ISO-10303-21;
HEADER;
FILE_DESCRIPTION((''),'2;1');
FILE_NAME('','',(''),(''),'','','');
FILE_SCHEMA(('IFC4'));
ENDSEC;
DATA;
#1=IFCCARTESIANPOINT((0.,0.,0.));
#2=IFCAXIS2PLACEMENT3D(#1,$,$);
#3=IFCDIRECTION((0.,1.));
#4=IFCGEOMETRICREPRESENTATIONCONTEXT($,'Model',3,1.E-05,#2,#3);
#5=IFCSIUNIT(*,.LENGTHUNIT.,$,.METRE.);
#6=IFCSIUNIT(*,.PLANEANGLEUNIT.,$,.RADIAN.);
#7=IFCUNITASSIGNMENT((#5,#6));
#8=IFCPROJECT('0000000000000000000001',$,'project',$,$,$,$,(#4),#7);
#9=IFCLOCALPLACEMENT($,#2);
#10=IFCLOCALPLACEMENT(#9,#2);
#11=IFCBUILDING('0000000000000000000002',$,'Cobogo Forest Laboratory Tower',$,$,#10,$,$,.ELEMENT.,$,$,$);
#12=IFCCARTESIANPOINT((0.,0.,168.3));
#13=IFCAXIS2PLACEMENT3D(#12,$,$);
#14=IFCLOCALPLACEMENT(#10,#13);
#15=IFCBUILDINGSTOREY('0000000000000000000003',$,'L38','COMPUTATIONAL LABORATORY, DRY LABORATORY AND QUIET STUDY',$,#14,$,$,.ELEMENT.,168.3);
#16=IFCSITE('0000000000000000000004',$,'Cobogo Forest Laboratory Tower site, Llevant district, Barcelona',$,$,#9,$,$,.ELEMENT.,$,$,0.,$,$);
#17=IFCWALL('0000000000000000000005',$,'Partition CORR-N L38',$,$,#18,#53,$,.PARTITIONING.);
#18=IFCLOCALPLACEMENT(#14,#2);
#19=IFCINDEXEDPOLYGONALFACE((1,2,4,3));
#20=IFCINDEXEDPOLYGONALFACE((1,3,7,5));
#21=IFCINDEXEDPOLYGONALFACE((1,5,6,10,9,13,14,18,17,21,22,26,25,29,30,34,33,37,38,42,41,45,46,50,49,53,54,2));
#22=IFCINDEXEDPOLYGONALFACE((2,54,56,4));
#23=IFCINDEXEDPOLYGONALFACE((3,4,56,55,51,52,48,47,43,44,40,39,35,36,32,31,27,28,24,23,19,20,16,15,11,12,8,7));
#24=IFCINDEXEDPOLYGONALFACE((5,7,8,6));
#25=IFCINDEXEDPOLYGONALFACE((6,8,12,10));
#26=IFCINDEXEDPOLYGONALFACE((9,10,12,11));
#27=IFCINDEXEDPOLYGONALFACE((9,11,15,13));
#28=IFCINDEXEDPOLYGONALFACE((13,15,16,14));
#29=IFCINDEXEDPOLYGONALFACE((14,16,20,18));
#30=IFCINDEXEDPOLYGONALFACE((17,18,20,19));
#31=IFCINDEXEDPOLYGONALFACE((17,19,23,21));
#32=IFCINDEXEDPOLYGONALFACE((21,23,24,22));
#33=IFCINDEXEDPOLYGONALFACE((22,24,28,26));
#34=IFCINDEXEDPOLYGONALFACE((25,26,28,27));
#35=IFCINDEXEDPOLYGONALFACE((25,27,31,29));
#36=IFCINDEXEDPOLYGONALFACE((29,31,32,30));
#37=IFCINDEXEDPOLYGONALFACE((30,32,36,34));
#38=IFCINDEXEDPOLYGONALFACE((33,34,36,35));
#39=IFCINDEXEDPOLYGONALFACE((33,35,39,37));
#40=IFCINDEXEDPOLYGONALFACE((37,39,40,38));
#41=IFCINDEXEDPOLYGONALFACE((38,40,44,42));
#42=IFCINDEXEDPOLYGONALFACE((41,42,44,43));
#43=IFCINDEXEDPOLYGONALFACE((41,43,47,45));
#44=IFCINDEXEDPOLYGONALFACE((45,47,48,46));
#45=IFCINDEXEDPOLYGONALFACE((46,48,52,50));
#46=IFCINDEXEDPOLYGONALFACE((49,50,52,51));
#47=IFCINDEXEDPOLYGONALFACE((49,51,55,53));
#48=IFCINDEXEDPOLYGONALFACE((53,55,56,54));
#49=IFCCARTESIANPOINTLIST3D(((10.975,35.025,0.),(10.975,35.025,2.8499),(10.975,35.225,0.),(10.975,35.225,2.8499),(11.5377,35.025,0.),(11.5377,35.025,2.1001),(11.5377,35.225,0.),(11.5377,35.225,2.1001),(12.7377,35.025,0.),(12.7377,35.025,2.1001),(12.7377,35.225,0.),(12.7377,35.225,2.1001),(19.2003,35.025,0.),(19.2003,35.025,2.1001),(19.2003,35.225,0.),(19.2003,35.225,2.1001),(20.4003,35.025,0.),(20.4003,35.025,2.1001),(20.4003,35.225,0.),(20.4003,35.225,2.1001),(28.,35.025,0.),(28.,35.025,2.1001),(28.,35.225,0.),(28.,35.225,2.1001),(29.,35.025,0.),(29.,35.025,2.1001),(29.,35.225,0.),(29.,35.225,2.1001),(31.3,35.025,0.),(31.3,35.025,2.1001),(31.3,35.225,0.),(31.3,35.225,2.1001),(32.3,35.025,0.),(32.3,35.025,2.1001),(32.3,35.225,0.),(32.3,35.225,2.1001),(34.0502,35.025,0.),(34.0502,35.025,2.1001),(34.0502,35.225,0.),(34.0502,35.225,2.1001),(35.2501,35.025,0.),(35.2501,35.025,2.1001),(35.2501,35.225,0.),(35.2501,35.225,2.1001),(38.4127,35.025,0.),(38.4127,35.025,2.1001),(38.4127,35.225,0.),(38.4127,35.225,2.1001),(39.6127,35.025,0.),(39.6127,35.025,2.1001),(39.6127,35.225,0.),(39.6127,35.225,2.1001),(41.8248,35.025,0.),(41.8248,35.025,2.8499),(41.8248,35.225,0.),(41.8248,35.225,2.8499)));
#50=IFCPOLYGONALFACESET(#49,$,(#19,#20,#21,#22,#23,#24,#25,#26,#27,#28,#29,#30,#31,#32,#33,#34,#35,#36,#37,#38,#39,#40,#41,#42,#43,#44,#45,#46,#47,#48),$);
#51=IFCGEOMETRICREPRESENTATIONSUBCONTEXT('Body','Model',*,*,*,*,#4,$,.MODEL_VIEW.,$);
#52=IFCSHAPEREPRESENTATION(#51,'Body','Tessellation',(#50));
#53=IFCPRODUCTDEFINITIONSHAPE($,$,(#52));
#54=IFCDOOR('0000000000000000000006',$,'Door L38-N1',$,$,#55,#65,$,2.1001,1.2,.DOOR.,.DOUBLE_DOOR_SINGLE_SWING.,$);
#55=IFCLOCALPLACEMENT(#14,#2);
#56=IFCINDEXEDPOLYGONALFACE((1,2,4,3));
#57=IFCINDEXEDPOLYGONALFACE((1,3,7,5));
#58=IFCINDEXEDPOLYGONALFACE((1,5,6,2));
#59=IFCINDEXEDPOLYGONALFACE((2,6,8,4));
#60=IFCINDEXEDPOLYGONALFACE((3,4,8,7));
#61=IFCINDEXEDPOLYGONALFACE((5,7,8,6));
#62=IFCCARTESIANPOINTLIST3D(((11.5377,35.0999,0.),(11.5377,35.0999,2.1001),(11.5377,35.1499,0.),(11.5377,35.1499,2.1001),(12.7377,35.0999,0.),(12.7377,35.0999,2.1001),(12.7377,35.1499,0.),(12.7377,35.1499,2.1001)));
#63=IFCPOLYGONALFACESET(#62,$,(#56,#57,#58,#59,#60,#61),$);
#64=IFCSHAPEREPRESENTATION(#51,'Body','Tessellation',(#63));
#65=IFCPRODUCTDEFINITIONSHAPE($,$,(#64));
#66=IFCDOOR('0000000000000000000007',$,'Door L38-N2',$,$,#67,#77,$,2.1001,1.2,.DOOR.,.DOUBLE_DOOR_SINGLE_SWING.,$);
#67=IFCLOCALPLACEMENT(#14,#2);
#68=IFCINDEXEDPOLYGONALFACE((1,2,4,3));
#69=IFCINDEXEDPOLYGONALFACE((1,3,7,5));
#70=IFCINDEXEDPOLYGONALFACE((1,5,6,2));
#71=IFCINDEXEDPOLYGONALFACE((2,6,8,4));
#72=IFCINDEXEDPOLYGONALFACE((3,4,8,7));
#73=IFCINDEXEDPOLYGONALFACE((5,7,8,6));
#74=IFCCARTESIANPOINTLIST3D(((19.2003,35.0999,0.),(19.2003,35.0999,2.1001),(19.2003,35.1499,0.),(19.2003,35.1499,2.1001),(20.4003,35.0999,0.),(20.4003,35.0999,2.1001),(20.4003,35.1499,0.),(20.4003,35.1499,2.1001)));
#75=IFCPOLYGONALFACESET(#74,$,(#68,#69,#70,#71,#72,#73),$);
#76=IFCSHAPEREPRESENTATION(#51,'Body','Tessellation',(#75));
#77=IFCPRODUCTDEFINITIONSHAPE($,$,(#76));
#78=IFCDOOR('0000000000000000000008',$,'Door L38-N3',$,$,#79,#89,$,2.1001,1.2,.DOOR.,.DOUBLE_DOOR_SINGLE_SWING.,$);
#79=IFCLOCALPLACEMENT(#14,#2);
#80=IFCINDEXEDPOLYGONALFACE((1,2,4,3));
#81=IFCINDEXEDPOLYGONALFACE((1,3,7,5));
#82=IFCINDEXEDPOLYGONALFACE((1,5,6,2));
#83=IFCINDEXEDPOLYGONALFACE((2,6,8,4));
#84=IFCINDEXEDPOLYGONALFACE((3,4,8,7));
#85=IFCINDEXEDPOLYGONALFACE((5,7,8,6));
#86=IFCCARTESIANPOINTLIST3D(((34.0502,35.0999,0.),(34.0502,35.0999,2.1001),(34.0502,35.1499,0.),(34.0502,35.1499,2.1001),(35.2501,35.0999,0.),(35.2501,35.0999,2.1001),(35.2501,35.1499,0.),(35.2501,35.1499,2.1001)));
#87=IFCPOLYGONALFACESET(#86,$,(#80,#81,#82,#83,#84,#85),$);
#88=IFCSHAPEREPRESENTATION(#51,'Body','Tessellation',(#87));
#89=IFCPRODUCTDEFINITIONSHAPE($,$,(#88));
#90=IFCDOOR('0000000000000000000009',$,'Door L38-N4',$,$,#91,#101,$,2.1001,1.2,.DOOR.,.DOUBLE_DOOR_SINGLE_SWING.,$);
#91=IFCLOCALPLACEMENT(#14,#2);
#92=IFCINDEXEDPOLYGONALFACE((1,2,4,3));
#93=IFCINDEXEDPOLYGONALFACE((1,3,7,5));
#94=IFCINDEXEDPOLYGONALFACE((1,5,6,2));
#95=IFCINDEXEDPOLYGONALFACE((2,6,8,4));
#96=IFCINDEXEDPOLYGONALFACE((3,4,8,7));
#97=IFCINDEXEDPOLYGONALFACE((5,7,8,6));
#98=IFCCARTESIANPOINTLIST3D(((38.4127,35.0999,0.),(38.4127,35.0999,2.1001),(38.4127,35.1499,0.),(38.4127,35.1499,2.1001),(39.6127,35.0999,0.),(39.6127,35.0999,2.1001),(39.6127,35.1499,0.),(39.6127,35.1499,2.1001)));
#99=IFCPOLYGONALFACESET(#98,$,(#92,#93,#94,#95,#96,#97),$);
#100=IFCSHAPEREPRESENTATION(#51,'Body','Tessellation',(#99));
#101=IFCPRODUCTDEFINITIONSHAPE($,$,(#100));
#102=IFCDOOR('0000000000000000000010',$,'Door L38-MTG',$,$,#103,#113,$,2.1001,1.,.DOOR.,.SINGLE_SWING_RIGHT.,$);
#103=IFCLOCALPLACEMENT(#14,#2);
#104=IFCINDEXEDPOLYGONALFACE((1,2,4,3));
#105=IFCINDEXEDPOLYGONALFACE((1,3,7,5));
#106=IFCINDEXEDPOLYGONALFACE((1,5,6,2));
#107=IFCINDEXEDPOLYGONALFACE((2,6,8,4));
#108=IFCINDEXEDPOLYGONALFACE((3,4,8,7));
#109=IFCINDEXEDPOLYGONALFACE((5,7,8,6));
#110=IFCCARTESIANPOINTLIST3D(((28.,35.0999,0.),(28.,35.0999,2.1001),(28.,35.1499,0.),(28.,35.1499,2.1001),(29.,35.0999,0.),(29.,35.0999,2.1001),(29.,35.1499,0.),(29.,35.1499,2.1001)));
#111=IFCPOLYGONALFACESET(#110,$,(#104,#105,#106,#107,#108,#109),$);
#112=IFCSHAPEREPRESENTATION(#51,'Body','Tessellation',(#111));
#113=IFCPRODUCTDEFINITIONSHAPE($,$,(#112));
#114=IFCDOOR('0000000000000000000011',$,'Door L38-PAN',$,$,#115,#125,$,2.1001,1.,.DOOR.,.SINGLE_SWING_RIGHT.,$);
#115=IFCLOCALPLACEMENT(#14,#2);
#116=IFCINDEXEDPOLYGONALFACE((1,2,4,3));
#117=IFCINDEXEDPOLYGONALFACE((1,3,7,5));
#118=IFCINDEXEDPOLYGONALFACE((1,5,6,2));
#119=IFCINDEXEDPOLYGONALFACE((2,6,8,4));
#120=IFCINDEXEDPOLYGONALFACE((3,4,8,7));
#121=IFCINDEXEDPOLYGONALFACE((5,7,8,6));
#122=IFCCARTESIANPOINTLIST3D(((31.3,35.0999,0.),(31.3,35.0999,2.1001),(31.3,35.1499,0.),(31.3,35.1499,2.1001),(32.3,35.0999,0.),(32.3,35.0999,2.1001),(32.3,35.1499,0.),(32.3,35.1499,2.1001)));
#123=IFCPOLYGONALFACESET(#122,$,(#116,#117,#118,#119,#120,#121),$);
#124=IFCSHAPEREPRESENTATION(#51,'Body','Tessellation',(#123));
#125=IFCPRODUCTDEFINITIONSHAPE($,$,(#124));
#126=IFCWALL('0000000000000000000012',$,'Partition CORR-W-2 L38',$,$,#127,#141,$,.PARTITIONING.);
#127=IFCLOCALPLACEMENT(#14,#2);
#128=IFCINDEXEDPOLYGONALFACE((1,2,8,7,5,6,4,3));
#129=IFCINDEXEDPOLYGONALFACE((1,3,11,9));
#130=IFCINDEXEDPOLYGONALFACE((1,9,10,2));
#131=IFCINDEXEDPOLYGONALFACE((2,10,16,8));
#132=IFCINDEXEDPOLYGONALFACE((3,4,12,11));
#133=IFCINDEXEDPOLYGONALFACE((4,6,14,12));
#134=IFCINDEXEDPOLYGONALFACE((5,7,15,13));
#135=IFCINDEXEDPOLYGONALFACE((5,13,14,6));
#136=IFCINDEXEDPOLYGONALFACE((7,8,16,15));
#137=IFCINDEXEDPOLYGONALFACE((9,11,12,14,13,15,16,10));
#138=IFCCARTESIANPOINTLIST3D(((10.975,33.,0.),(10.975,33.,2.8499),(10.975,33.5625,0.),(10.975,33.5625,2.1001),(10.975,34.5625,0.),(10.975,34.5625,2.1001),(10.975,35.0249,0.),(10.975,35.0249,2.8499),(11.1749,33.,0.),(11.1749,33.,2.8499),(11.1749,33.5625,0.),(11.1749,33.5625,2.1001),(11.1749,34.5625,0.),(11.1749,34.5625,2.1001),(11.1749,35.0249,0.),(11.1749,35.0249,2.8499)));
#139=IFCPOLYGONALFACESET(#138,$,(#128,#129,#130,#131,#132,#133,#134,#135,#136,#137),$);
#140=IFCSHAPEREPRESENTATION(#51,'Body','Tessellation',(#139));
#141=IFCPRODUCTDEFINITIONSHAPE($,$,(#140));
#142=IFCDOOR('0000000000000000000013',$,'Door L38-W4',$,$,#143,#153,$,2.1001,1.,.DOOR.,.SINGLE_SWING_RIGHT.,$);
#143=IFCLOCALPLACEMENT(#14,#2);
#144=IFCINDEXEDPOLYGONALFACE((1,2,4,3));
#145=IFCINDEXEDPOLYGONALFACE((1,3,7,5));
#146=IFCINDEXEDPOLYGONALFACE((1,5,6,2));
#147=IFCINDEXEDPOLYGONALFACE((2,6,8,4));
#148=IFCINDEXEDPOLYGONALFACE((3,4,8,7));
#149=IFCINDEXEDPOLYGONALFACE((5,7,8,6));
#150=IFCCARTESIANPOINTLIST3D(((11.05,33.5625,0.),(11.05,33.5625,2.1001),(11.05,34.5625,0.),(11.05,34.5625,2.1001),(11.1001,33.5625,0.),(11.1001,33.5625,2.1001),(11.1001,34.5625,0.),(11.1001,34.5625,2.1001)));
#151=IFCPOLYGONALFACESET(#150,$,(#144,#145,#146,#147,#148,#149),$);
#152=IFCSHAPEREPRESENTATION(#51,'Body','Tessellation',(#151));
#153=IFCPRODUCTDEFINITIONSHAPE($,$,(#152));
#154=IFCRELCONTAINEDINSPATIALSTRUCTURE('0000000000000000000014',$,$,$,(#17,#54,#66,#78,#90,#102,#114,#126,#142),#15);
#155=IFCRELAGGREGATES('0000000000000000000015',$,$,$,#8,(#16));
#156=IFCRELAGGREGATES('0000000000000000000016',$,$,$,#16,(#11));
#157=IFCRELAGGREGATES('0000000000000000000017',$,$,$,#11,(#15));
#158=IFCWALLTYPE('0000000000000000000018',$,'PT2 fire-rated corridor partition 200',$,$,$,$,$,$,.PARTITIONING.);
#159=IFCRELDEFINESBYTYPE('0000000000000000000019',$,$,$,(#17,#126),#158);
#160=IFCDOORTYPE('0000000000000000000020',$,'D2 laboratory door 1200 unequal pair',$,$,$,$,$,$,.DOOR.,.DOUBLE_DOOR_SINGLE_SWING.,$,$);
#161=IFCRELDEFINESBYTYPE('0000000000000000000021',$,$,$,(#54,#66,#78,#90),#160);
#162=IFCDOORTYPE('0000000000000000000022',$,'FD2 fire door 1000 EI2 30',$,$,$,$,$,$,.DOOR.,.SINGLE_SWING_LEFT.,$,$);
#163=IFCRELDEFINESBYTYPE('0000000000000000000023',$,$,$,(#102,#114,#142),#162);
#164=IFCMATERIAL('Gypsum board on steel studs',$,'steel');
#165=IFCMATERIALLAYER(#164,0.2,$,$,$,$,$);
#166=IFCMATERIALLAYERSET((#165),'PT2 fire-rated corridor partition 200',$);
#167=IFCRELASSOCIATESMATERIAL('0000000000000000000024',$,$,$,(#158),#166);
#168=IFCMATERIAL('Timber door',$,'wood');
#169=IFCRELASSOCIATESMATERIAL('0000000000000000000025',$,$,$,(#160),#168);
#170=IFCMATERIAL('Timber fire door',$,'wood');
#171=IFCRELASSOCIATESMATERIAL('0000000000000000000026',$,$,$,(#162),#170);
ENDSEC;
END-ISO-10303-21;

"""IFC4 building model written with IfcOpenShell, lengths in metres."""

from ifc_helpers import new_model, si_unit, direction, frame, frame_2d, origin, place, context, subcontext, project, spatial, rectangle, extrude, material, layer, layer_set, type_object, element, fill, save


model = new_model("IFC4")

# Units and contexts
model_context = context("Model", 3, precision=1e-05, world=origin(), true_north=direction((0.0, 1.0)))
body_context = subcontext(model_context, "Body", "Model", "MODEL_VIEW")
ifc_project = project(units=[si_unit("LENGTHUNIT", "METRE"), si_unit("PLANEANGLEUNIT", "RADIAN")], contexts=[model_context])

# Site, building, storey
site_placement = place(None, origin())
site = spatial("IfcSite", under=ifc_project, at=site_placement, Name="Cobogo Forest Laboratory Tower site, Llevant district, Barcelona", CompositionType="ELEMENT", RefElevation=0.0)
building_placement = place(site_placement, origin())
building = spatial("IfcBuilding", under=site, at=building_placement, Name="Cobogo Forest Laboratory Tower", CompositionType="ELEMENT")
storey_placement = place(building_placement, frame((0.0, 0.0, 168.3)))
storey = spatial("IfcBuildingStorey", under=building, at=storey_placement, Name="L38", Description="COMPUTATIONAL LABORATORY, DRY LABORATORY AND QUIET STUDY", CompositionType="ELEMENT", Elevation=168.3)

# Shared definitions
ifc_material_1 = material(Name="Gypsum board on steel studs", Category="steel")

# Wall, openings, doors
ifc_layer_1 = layer(ifc_material_1, 0.2)
ifc_layer_set_1 = layer_set([ifc_layer_1], Name="PT2 fire-rated corridor partition 200")
wall_type_1 = type_object("IfcWallType", Name="PT2 fire-rated corridor partition 200", PredefinedType="PARTITIONING", material=ifc_layer_set_1)
wall_1_placement = place(storey_placement, frame((10.9751, 35.125, 0.0), z_axis=(0.0, 0.0, 1.0), x_axis=(1.0, 0.0, 0.0)))
wall_1 = element("IfcWall", 1, at=wall_1_placement, inside=storey, type_object=wall_type_1, Name="Partition CORR-N L38", PredefinedType="PARTITIONING", context=body_context, shape_type="SweptSolid", body=[
    extrude(rectangle(XDim=30.8499, YDim=0.2, at=frame_2d((15.4248, 0.0))), origin(), (0.0, 0.0, 1.0), 2.8499),
])
opening_1_placement = place(wall_1_placement, frame((0.5625, 0.0, 0.0)))
opening_1 = element("IfcOpeningElement", 2, at=opening_1_placement, cuts=wall_1, PredefinedType="OPENING", context=body_context, shape_type="SweptSolid", body=[
    extrude(rectangle(XDim=1.2, YDim=2.1001, at=frame_2d((0.6001, 1.05))), frame((0.0, 0.1099, 0.0), z_axis=(0.0, -1.0, 0.0), x_axis=(1.0, 0.0, 0.0)), (0.0, 0.0, 1.0), 0.22),
])
opening_2_placement = place(wall_1_placement, frame((8.2251, 0.0, 0.0)))
opening_2 = element("IfcOpeningElement", 3, at=opening_2_placement, cuts=wall_1, PredefinedType="OPENING", context=body_context, shape_type="SweptSolid", body=[
    extrude(rectangle(XDim=1.2, YDim=2.1001, at=frame_2d((0.6001, 1.05))), frame((0.0, 0.1099, 0.0), z_axis=(0.0, -1.0, 0.0), x_axis=(1.0, 0.0, 0.0)), (0.0, 0.0, 1.0), 0.22),
])
opening_3_placement = place(wall_1_placement, frame((17.0249, 0.0, 0.0)))
opening_3 = element("IfcOpeningElement", 4, at=opening_3_placement, cuts=wall_1, PredefinedType="OPENING", context=body_context, shape_type="SweptSolid", body=[
    extrude(rectangle(XDim=1.0, YDim=2.1001, at=frame_2d((0.5, 1.05))), frame((0.0, 0.1099, 0.0), z_axis=(0.0, -1.0, 0.0), x_axis=(1.0, 0.0, 0.0)), (0.0, 0.0, 1.0), 0.22),
])
opening_4_placement = place(wall_1_placement, frame((20.325, 0.0, 0.0)))
opening_4 = element("IfcOpeningElement", 5, at=opening_4_placement, cuts=wall_1, PredefinedType="OPENING", context=body_context, shape_type="SweptSolid", body=[
    extrude(rectangle(XDim=1.0, YDim=2.1001, at=frame_2d((0.5, 1.05))), frame((0.0, 0.1099, 0.0), z_axis=(0.0, -1.0, 0.0), x_axis=(1.0, 0.0, 0.0)), (0.0, 0.0, 1.0), 0.22),
])
opening_5_placement = place(wall_1_placement, frame((23.075, 0.0, 0.0)))
opening_5 = element("IfcOpeningElement", 6, at=opening_5_placement, cuts=wall_1, PredefinedType="OPENING", context=body_context, shape_type="SweptSolid", body=[
    extrude(rectangle(XDim=1.2, YDim=2.1001, at=frame_2d((0.6001, 1.05))), frame((0.0, 0.1099, 0.0), z_axis=(0.0, -1.0, 0.0), x_axis=(1.0, 0.0, 0.0)), (0.0, 0.0, 1.0), 0.22),
])
opening_6_placement = place(wall_1_placement, frame((27.4375, 0.0, 0.0)))
opening_6 = element("IfcOpeningElement", 7, at=opening_6_placement, cuts=wall_1, PredefinedType="OPENING", context=body_context, shape_type="SweptSolid", body=[
    extrude(rectangle(XDim=1.2, YDim=2.1001, at=frame_2d((0.6001, 1.05))), frame((0.0, 0.1099, 0.0), z_axis=(0.0, -1.0, 0.0), x_axis=(1.0, 0.0, 0.0)), (0.0, 0.0, 1.0), 0.22),
])
ifc_material_2 = material(Name="Timber door", Category="wood")
door_type_1 = type_object("IfcDoorType", Name="D2 laboratory door 1200 unequal pair", OperationType="DOUBLE_DOOR_SINGLE_SWING", PredefinedType="DOOR", material=ifc_material_2)
door_1_placement = place(opening_1_placement, origin())
door_1 = element("IfcDoor", 8, at=door_1_placement, inside=storey, type_object=door_type_1, Name="Door L38-N1", OperationType="DOUBLE_DOOR_SINGLE_SWING", OverallHeight=2.1001, OverallWidth=1.2, PredefinedType="DOOR", context=body_context, shape_type="SweptSolid", body=[
    extrude(rectangle(XDim=1.2, YDim=2.1001, at=frame_2d((0.6001, 1.05))), frame((0.0, 0.0249, 0.0), z_axis=(0.0, -1.0, 0.0), x_axis=(1.0, 0.0, 0.0)), (0.0, 0.0, 1.0), 0.05),
])
fill(opening_1, door_1)
door_2_placement = place(opening_2_placement, origin())
door_2 = element("IfcDoor", 9, at=door_2_placement, inside=storey, type_object=door_type_1, Name="Door L38-N2", OperationType="DOUBLE_DOOR_SINGLE_SWING", OverallHeight=2.1001, OverallWidth=1.2, PredefinedType="DOOR", context=body_context, shape_type="SweptSolid", body=[
    extrude(rectangle(XDim=1.2, YDim=2.1001, at=frame_2d((0.6001, 1.05))), frame((0.0, 0.0249, 0.0), z_axis=(0.0, -1.0, 0.0), x_axis=(1.0, 0.0, 0.0)), (0.0, 0.0, 1.0), 0.05),
])
fill(opening_2, door_2)
door_3_placement = place(opening_5_placement, origin())
door_3 = element("IfcDoor", 10, at=door_3_placement, inside=storey, type_object=door_type_1, Name="Door L38-N3", OperationType="DOUBLE_DOOR_SINGLE_SWING", OverallHeight=2.1001, OverallWidth=1.2, PredefinedType="DOOR", context=body_context, shape_type="SweptSolid", body=[
    extrude(rectangle(XDim=1.2, YDim=2.1001, at=frame_2d((0.6001, 1.05))), frame((0.0, 0.0249, 0.0), z_axis=(0.0, -1.0, 0.0), x_axis=(1.0, 0.0, 0.0)), (0.0, 0.0, 1.0), 0.05),
])
fill(opening_5, door_3)
door_4_placement = place(opening_6_placement, origin())
door_4 = element("IfcDoor", 11, at=door_4_placement, inside=storey, type_object=door_type_1, Name="Door L38-N4", OperationType="DOUBLE_DOOR_SINGLE_SWING", OverallHeight=2.1001, OverallWidth=1.2, PredefinedType="DOOR", context=body_context, shape_type="SweptSolid", body=[
    extrude(rectangle(XDim=1.2, YDim=2.1001, at=frame_2d((0.6001, 1.05))), frame((0.0, 0.0249, 0.0), z_axis=(0.0, -1.0, 0.0), x_axis=(1.0, 0.0, 0.0)), (0.0, 0.0, 1.0), 0.05),
])
fill(opening_6, door_4)
ifc_material_3 = material(Name="Timber fire door", Category="wood")
door_type_2 = type_object("IfcDoorType", Name="FD2 fire door 1000 EI2 30", OperationType="SINGLE_SWING_LEFT", PredefinedType="DOOR", material=ifc_material_3)
door_5_placement = place(opening_3_placement, origin())
door_5 = element("IfcDoor", 12, at=door_5_placement, inside=storey, type_object=door_type_2, Name="Door L38-MTG", OperationType="SINGLE_SWING_RIGHT", OverallHeight=2.1001, OverallWidth=1.0, PredefinedType="DOOR", context=body_context, shape_type="SweptSolid", body=[
    extrude(rectangle(XDim=1.0, YDim=2.1001, at=frame_2d((0.5, 1.05))), frame((0.0, 0.0249, 0.0), z_axis=(0.0, -1.0, 0.0), x_axis=(1.0, 0.0, 0.0)), (0.0, 0.0, 1.0), 0.05),
])
fill(opening_3, door_5)
door_6_placement = place(opening_4_placement, origin())
door_6 = element("IfcDoor", 13, at=door_6_placement, inside=storey, type_object=door_type_2, Name="Door L38-PAN", OperationType="SINGLE_SWING_RIGHT", OverallHeight=2.1001, OverallWidth=1.0, PredefinedType="DOOR", context=body_context, shape_type="SweptSolid", body=[
    extrude(rectangle(XDim=1.0, YDim=2.1001, at=frame_2d((0.5, 1.05))), frame((0.0, 0.0249, 0.0), z_axis=(0.0, -1.0, 0.0), x_axis=(1.0, 0.0, 0.0)), (0.0, 0.0, 1.0), 0.05),
])
fill(opening_4, door_6)

# Wall, opening, door
wall_2_placement = place(storey_placement, frame((11.075, 33.0, 0.0), z_axis=(0.0, 0.0, 1.0), x_axis=(0.0, 1.0, 0.0)))
wall_2 = element("IfcWall", 14, at=wall_2_placement, inside=storey, type_object=wall_type_1, Name="Partition CORR-W-2 L38", PredefinedType="PARTITIONING", context=body_context, shape_type="SweptSolid", body=[
    extrude(rectangle(XDim=2.0249, YDim=0.2, at=frame_2d((1.0125, 0.0))), origin(), (0.0, 0.0, 1.0), 2.8499),
])
opening_7_placement = place(wall_2_placement, frame((0.5625, 0.0, 0.0)))
opening_7 = element("IfcOpeningElement", 15, at=opening_7_placement, cuts=wall_2, PredefinedType="OPENING", context=body_context, shape_type="SweptSolid", body=[
    extrude(rectangle(XDim=1.0, YDim=2.1001, at=frame_2d((0.5, 1.05))), frame((0.0, 0.1099, 0.0), z_axis=(0.0, -1.0, 0.0), x_axis=(1.0, 0.0, 0.0)), (0.0, 0.0, 1.0), 0.22),
])
door_7_placement = place(opening_7_placement, origin())
door_7 = element("IfcDoor", 16, at=door_7_placement, inside=storey, type_object=door_type_2, Name="Door L38-W4", OperationType="SINGLE_SWING_RIGHT", OverallHeight=2.1001, OverallWidth=1.0, PredefinedType="DOOR", context=body_context, shape_type="SweptSolid", body=[
    extrude(rectangle(XDim=1.0, YDim=2.1001, at=frame_2d((0.5, 1.05))), frame((0.0, 0.0249, 0.0), z_axis=(0.0, -1.0, 0.0), x_axis=(1.0, 0.0, 0.0)), (0.0, 0.0, 1.0), 0.05),
])
fill(opening_7, door_7)

save(model, "model.ifc")
